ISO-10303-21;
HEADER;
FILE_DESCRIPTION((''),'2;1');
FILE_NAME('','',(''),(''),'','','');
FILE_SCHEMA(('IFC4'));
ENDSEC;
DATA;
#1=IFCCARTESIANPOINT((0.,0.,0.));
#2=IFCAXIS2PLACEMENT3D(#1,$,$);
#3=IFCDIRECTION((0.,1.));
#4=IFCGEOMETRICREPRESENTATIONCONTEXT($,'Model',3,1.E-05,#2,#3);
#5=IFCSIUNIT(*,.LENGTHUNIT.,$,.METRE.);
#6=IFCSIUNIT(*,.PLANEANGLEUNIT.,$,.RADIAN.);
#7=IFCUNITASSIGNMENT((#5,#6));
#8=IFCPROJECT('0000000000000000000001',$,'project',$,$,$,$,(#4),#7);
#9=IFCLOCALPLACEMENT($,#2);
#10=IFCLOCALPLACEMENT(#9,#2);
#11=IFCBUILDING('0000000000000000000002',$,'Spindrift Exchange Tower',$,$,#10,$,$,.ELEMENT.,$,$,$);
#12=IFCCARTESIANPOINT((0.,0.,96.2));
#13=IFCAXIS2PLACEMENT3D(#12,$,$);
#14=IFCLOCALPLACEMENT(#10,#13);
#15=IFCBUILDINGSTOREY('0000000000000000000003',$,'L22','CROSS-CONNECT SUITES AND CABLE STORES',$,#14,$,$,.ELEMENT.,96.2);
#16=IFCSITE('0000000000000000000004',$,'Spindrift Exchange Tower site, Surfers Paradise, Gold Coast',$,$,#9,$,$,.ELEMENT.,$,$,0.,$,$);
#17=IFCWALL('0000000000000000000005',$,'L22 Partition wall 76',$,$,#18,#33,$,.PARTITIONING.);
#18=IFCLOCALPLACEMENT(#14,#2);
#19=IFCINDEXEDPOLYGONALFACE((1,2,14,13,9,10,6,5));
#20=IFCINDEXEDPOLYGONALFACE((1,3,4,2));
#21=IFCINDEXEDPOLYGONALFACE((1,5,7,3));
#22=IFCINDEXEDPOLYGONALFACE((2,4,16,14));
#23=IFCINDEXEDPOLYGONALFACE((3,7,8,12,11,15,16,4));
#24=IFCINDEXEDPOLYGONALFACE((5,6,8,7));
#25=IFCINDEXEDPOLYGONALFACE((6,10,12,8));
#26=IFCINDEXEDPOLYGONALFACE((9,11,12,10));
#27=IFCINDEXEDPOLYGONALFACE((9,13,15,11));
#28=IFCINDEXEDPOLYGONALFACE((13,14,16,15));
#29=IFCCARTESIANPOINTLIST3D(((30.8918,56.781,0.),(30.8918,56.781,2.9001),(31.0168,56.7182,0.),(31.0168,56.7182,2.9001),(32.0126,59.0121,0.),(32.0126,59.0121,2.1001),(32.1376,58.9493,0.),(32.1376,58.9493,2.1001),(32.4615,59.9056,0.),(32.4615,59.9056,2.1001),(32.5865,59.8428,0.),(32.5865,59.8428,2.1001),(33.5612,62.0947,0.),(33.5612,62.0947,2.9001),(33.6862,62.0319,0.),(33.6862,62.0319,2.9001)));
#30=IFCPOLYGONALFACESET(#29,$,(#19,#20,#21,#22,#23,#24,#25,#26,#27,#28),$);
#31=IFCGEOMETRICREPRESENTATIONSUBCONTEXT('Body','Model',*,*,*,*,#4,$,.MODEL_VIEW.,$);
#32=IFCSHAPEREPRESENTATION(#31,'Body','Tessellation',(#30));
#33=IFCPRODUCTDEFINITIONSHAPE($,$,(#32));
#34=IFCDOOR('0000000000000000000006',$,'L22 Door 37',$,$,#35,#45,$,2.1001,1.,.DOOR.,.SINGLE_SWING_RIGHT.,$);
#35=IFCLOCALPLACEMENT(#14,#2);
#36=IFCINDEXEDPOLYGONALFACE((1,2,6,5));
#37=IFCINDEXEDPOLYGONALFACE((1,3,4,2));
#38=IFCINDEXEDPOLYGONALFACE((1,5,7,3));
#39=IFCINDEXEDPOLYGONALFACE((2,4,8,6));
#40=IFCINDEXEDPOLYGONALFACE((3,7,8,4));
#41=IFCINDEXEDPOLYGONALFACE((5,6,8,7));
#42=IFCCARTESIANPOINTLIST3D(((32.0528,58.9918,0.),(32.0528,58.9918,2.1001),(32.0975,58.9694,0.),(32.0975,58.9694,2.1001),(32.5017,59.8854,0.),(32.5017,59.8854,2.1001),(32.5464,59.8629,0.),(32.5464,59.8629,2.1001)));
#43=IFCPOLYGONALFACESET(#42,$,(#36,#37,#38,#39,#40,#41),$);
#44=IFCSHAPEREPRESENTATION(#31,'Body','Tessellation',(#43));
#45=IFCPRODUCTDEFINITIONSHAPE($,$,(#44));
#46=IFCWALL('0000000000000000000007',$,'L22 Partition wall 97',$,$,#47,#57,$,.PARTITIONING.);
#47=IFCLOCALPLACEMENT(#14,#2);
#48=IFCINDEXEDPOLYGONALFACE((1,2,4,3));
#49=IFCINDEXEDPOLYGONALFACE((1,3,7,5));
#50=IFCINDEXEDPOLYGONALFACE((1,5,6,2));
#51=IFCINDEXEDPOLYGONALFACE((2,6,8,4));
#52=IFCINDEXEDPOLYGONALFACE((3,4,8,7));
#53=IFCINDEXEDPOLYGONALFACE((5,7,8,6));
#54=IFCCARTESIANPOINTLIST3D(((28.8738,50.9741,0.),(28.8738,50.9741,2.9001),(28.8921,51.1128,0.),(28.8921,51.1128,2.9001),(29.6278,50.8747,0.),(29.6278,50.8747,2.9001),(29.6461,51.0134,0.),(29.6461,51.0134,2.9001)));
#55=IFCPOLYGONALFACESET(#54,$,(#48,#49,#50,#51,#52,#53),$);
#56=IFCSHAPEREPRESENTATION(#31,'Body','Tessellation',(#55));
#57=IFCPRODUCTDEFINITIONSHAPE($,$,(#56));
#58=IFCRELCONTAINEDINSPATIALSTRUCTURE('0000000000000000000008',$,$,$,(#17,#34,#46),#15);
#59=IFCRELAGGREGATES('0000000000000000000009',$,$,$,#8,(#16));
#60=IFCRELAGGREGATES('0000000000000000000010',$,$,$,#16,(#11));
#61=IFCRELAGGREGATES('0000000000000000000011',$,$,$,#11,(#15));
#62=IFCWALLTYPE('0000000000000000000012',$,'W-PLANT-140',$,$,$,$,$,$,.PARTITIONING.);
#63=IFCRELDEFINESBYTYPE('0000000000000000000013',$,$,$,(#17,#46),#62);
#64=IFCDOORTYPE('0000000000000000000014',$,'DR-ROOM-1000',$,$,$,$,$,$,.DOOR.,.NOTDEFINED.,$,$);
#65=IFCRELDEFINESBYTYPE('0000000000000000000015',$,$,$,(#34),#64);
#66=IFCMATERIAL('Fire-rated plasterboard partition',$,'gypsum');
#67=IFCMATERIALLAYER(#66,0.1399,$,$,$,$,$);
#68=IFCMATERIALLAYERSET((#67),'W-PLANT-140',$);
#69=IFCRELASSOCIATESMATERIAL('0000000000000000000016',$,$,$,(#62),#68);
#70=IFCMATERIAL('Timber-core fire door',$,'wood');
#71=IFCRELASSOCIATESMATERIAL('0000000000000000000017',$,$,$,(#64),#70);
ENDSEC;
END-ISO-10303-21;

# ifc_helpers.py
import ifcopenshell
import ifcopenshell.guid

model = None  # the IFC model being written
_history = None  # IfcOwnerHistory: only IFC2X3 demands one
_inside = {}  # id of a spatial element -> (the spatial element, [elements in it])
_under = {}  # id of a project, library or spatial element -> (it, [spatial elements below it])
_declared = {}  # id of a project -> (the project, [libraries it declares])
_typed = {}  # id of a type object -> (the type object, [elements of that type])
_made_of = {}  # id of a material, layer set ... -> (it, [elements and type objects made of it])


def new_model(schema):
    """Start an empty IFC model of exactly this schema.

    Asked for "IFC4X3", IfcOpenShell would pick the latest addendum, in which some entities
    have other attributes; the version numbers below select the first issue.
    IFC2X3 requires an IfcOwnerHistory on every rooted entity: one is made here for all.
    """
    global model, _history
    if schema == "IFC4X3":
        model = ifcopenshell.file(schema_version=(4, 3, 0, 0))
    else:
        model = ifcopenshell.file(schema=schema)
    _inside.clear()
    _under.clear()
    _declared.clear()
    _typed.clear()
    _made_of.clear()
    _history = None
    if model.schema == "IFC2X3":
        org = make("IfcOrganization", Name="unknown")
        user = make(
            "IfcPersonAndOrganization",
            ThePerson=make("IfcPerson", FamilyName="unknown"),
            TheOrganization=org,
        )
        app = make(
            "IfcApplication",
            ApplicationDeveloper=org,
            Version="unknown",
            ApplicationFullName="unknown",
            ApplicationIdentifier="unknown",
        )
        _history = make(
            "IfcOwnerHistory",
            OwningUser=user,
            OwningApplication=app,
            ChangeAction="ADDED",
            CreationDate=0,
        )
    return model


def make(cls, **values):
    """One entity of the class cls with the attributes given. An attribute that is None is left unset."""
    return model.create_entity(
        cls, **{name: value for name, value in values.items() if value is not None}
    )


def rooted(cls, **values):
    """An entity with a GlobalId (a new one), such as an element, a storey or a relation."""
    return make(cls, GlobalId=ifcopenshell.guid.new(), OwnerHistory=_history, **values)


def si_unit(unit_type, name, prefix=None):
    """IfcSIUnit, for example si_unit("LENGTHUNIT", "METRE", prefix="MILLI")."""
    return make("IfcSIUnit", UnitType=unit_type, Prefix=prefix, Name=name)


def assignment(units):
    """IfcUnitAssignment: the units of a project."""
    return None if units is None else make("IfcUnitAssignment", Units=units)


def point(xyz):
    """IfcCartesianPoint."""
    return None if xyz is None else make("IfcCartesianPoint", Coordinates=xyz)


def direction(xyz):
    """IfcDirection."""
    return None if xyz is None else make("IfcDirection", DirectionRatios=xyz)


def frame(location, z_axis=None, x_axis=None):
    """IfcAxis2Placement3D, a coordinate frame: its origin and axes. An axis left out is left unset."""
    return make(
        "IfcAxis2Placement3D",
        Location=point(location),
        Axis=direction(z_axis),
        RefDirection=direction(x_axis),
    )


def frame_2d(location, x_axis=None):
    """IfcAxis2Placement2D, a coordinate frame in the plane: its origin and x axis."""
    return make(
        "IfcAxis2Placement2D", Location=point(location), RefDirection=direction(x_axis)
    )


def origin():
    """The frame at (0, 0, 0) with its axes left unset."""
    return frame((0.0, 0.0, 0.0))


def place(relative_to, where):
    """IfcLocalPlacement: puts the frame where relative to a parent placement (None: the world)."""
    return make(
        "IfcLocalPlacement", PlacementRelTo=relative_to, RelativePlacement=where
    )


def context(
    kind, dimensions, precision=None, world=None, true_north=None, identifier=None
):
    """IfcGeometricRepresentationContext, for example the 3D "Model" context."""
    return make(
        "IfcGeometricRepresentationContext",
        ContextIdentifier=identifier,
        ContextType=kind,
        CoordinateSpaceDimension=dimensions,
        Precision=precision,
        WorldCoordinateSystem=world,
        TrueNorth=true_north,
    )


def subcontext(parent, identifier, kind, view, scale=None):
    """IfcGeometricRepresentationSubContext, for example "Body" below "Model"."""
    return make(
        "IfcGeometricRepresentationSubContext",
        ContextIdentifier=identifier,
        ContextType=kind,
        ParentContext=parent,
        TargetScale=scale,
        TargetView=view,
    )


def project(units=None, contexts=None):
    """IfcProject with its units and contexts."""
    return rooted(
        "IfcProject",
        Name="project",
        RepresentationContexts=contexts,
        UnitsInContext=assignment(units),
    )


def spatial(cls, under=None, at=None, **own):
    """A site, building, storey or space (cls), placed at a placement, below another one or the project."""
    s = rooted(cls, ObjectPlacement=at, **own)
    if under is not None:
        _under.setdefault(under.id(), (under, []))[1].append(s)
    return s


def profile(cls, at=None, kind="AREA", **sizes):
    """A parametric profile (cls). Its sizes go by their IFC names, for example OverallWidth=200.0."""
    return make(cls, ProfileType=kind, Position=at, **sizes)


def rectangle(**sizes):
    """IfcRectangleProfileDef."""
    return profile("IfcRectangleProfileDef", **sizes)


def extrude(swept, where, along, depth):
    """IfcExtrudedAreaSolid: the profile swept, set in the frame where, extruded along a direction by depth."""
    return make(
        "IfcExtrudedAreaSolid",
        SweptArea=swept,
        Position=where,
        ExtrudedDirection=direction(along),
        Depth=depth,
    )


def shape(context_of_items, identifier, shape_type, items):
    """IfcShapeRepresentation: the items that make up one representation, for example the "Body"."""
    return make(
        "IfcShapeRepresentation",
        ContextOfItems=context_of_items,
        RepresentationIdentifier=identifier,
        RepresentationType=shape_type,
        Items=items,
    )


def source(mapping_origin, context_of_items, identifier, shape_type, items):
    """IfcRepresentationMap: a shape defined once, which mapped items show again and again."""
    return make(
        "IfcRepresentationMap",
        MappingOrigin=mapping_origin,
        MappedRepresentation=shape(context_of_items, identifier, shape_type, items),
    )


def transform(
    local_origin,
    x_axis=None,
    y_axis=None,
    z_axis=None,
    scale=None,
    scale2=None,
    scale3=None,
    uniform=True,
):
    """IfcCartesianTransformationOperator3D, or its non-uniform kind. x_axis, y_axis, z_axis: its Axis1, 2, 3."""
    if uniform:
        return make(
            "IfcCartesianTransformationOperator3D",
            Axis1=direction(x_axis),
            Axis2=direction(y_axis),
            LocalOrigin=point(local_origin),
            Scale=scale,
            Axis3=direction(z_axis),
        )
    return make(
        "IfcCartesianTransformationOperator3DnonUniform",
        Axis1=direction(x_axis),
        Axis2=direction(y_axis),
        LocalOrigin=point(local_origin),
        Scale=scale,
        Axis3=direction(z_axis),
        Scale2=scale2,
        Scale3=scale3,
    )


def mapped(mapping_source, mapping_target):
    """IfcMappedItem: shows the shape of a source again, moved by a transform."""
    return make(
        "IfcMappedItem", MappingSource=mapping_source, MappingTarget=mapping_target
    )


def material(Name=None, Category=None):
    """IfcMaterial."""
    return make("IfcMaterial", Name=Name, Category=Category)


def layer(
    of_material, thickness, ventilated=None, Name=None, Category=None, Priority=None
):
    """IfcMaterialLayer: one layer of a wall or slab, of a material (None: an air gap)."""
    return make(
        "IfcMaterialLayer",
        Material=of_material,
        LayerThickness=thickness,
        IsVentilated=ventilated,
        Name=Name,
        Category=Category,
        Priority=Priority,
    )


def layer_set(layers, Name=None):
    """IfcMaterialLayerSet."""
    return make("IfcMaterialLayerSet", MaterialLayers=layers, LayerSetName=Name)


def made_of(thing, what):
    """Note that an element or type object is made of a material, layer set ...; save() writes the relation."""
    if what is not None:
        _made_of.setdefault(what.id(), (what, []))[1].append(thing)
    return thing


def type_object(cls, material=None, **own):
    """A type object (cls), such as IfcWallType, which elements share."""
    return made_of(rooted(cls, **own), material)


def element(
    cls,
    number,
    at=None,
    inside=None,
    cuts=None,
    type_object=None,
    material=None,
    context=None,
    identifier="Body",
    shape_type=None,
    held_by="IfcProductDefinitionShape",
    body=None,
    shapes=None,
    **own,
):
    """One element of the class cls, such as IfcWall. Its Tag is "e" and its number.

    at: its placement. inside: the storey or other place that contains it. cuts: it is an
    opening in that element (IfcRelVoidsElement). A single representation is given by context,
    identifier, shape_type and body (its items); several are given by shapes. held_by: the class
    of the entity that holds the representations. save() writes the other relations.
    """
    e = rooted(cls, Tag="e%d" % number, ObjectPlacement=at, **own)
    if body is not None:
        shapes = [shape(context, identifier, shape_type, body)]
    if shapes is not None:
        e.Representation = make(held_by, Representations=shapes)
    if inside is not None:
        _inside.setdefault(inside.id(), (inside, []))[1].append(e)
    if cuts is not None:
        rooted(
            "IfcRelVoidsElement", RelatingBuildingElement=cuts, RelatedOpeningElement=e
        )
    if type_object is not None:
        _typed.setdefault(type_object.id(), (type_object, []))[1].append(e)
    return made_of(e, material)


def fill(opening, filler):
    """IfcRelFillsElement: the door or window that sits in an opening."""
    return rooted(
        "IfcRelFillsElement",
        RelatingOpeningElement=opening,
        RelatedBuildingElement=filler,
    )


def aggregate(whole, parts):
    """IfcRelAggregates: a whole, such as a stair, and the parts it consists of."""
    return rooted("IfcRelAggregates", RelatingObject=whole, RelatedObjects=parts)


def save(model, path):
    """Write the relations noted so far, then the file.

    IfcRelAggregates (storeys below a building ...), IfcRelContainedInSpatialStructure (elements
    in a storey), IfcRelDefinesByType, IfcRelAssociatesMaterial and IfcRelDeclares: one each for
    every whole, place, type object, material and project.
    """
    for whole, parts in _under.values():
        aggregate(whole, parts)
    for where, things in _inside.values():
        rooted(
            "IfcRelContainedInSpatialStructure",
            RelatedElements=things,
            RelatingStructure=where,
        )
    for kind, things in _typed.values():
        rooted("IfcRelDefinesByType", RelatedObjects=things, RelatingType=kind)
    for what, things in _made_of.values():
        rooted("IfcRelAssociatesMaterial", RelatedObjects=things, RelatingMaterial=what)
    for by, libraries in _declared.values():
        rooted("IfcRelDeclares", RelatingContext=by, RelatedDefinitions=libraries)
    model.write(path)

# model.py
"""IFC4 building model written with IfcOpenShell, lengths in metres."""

from ifc_helpers import new_model, si_unit, direction, frame, frame_2d, origin, place, context, subcontext, project, spatial, rectangle, extrude, source, transform, mapped, material, layer, layer_set, type_object, element, fill, save


model = new_model("IFC4")

# Units and contexts
model_context = context("Model", 3, precision=1e-05, world=origin(), true_north=direction((0.0, 1.0)))
body_context = subcontext(model_context, "Body", "Model", "MODEL_VIEW")
ifc_project = project(units=[si_unit("LENGTHUNIT", "METRE"), si_unit("PLANEANGLEUNIT", "RADIAN")], contexts=[model_context])

# Site, building, storey
site_placement = place(None, origin())
site = spatial("IfcSite", under=ifc_project, at=site_placement, Name="Spindrift Exchange Tower site, Surfers Paradise, Gold Coast", CompositionType="ELEMENT", RefElevation=0.0)
building_placement = place(site_placement, origin())
building = spatial("IfcBuilding", under=site, at=building_placement, Name="Spindrift Exchange Tower", CompositionType="ELEMENT")
storey_placement = place(building_placement, frame((0.0, 0.0, 96.2)))
storey = spatial("IfcBuildingStorey", under=building, at=storey_placement, Name="L22", Description="CROSS-CONNECT SUITES AND CABLE STORES", CompositionType="ELEMENT", Elevation=96.2)

# Shared definitions
ifc_material_1 = material(Name="Fire-rated plasterboard partition", Category="gypsum")
ifc_layer_1 = layer(ifc_material_1, 0.1399)
ifc_layer_set_1 = layer_set([ifc_layer_1], Name="W-PLANT-140")
wall_type_1 = type_object("IfcWallType", Name="W-PLANT-140", PredefinedType="PARTITIONING", material=ifc_layer_set_1)

# Wall, opening, door
wall_1_placement = place(storey_placement, frame((30.9543, 56.7498, 0.0), z_axis=(0.0, 0.0, 1.0), x_axis=(0.448904, 0.89358, 0.0)))
wall_1 = element("IfcWall", 1, at=wall_1_placement, inside=storey, type_object=wall_type_1, Name="L22 Partition wall 76", PredefinedType="PARTITIONING", context=body_context, shape_type="SweptSolid", body=[
    extrude(rectangle(XDim=5.9465, YDim=0.1399, at=frame_2d((2.9731, 0.0))), origin(), (0.0, 0.0, 1.0), 2.9001),
])
opening_1_placement = place(wall_1_placement, frame((2.4966, 0.0, 0.0)))
opening_1 = element("IfcOpeningElement", 2, at=opening_1_placement, cuts=wall_1, PredefinedType="OPENING", context=body_context, shape_type="SweptSolid", body=[
    extrude(rectangle(XDim=1.0, YDim=2.1001, at=frame_2d((0.5, 1.05))), frame((0.0, 0.0798, 0.0), z_axis=(0.0, -1.0, 0.0), x_axis=(1.0, 0.0, 0.0)), (0.0, 0.0, 1.0), 0.1599),
])
ifc_material_2 = material(Name="Timber-core fire door", Category="wood")
door_type_1 = type_object("IfcDoorType", Name="DR-ROOM-1000", OperationType="NOTDEFINED", PredefinedType="DOOR", material=ifc_material_2)
shared_shape_1 = source(origin(), body_context, "Body", "SweptSolid", [
    extrude(rectangle(XDim=1.0, YDim=2.1001, at=frame_2d((0.5, 1.05))), frame((0.0, 0.0249, 0.0), z_axis=(0.0, -1.0, 0.0), x_axis=(1.0, 0.0, 0.0)), (0.0, 0.0, 1.0), 0.05),
])
door_1_placement = place(opening_1_placement, origin())
door_1 = element("IfcDoor", 3, at=door_1_placement, inside=storey, type_object=door_type_1, Name="L22 Door 37", OperationType="SINGLE_SWING_RIGHT", OverallHeight=2.1001, OverallWidth=1.0, PredefinedType="DOOR", context=body_context, shape_type="MappedRepresentation", body=[
    mapped(shared_shape_1, transform((0.0, 0.0, 0.0), scale=1.0)),
])
fill(opening_1, door_1)

# Wall
wall_2_placement = place(storey_placement, frame((28.8828, 51.0435, 0.0), z_axis=(0.0, 0.0, 1.0), x_axis=(0.991426, -0.13067, 0.0)))
element("IfcWall", 4, at=wall_2_placement, inside=storey, type_object=wall_type_1, Name="L22 Partition wall 97", PredefinedType="PARTITIONING", context=body_context, shape_type="SweptSolid", body=[
    extrude(rectangle(XDim=0.7605, YDim=0.1399, at=frame_2d((0.3804, 0.0))), origin(), (0.0, 0.0, 1.0), 2.9001),
])

save(model, "model.ifc")
